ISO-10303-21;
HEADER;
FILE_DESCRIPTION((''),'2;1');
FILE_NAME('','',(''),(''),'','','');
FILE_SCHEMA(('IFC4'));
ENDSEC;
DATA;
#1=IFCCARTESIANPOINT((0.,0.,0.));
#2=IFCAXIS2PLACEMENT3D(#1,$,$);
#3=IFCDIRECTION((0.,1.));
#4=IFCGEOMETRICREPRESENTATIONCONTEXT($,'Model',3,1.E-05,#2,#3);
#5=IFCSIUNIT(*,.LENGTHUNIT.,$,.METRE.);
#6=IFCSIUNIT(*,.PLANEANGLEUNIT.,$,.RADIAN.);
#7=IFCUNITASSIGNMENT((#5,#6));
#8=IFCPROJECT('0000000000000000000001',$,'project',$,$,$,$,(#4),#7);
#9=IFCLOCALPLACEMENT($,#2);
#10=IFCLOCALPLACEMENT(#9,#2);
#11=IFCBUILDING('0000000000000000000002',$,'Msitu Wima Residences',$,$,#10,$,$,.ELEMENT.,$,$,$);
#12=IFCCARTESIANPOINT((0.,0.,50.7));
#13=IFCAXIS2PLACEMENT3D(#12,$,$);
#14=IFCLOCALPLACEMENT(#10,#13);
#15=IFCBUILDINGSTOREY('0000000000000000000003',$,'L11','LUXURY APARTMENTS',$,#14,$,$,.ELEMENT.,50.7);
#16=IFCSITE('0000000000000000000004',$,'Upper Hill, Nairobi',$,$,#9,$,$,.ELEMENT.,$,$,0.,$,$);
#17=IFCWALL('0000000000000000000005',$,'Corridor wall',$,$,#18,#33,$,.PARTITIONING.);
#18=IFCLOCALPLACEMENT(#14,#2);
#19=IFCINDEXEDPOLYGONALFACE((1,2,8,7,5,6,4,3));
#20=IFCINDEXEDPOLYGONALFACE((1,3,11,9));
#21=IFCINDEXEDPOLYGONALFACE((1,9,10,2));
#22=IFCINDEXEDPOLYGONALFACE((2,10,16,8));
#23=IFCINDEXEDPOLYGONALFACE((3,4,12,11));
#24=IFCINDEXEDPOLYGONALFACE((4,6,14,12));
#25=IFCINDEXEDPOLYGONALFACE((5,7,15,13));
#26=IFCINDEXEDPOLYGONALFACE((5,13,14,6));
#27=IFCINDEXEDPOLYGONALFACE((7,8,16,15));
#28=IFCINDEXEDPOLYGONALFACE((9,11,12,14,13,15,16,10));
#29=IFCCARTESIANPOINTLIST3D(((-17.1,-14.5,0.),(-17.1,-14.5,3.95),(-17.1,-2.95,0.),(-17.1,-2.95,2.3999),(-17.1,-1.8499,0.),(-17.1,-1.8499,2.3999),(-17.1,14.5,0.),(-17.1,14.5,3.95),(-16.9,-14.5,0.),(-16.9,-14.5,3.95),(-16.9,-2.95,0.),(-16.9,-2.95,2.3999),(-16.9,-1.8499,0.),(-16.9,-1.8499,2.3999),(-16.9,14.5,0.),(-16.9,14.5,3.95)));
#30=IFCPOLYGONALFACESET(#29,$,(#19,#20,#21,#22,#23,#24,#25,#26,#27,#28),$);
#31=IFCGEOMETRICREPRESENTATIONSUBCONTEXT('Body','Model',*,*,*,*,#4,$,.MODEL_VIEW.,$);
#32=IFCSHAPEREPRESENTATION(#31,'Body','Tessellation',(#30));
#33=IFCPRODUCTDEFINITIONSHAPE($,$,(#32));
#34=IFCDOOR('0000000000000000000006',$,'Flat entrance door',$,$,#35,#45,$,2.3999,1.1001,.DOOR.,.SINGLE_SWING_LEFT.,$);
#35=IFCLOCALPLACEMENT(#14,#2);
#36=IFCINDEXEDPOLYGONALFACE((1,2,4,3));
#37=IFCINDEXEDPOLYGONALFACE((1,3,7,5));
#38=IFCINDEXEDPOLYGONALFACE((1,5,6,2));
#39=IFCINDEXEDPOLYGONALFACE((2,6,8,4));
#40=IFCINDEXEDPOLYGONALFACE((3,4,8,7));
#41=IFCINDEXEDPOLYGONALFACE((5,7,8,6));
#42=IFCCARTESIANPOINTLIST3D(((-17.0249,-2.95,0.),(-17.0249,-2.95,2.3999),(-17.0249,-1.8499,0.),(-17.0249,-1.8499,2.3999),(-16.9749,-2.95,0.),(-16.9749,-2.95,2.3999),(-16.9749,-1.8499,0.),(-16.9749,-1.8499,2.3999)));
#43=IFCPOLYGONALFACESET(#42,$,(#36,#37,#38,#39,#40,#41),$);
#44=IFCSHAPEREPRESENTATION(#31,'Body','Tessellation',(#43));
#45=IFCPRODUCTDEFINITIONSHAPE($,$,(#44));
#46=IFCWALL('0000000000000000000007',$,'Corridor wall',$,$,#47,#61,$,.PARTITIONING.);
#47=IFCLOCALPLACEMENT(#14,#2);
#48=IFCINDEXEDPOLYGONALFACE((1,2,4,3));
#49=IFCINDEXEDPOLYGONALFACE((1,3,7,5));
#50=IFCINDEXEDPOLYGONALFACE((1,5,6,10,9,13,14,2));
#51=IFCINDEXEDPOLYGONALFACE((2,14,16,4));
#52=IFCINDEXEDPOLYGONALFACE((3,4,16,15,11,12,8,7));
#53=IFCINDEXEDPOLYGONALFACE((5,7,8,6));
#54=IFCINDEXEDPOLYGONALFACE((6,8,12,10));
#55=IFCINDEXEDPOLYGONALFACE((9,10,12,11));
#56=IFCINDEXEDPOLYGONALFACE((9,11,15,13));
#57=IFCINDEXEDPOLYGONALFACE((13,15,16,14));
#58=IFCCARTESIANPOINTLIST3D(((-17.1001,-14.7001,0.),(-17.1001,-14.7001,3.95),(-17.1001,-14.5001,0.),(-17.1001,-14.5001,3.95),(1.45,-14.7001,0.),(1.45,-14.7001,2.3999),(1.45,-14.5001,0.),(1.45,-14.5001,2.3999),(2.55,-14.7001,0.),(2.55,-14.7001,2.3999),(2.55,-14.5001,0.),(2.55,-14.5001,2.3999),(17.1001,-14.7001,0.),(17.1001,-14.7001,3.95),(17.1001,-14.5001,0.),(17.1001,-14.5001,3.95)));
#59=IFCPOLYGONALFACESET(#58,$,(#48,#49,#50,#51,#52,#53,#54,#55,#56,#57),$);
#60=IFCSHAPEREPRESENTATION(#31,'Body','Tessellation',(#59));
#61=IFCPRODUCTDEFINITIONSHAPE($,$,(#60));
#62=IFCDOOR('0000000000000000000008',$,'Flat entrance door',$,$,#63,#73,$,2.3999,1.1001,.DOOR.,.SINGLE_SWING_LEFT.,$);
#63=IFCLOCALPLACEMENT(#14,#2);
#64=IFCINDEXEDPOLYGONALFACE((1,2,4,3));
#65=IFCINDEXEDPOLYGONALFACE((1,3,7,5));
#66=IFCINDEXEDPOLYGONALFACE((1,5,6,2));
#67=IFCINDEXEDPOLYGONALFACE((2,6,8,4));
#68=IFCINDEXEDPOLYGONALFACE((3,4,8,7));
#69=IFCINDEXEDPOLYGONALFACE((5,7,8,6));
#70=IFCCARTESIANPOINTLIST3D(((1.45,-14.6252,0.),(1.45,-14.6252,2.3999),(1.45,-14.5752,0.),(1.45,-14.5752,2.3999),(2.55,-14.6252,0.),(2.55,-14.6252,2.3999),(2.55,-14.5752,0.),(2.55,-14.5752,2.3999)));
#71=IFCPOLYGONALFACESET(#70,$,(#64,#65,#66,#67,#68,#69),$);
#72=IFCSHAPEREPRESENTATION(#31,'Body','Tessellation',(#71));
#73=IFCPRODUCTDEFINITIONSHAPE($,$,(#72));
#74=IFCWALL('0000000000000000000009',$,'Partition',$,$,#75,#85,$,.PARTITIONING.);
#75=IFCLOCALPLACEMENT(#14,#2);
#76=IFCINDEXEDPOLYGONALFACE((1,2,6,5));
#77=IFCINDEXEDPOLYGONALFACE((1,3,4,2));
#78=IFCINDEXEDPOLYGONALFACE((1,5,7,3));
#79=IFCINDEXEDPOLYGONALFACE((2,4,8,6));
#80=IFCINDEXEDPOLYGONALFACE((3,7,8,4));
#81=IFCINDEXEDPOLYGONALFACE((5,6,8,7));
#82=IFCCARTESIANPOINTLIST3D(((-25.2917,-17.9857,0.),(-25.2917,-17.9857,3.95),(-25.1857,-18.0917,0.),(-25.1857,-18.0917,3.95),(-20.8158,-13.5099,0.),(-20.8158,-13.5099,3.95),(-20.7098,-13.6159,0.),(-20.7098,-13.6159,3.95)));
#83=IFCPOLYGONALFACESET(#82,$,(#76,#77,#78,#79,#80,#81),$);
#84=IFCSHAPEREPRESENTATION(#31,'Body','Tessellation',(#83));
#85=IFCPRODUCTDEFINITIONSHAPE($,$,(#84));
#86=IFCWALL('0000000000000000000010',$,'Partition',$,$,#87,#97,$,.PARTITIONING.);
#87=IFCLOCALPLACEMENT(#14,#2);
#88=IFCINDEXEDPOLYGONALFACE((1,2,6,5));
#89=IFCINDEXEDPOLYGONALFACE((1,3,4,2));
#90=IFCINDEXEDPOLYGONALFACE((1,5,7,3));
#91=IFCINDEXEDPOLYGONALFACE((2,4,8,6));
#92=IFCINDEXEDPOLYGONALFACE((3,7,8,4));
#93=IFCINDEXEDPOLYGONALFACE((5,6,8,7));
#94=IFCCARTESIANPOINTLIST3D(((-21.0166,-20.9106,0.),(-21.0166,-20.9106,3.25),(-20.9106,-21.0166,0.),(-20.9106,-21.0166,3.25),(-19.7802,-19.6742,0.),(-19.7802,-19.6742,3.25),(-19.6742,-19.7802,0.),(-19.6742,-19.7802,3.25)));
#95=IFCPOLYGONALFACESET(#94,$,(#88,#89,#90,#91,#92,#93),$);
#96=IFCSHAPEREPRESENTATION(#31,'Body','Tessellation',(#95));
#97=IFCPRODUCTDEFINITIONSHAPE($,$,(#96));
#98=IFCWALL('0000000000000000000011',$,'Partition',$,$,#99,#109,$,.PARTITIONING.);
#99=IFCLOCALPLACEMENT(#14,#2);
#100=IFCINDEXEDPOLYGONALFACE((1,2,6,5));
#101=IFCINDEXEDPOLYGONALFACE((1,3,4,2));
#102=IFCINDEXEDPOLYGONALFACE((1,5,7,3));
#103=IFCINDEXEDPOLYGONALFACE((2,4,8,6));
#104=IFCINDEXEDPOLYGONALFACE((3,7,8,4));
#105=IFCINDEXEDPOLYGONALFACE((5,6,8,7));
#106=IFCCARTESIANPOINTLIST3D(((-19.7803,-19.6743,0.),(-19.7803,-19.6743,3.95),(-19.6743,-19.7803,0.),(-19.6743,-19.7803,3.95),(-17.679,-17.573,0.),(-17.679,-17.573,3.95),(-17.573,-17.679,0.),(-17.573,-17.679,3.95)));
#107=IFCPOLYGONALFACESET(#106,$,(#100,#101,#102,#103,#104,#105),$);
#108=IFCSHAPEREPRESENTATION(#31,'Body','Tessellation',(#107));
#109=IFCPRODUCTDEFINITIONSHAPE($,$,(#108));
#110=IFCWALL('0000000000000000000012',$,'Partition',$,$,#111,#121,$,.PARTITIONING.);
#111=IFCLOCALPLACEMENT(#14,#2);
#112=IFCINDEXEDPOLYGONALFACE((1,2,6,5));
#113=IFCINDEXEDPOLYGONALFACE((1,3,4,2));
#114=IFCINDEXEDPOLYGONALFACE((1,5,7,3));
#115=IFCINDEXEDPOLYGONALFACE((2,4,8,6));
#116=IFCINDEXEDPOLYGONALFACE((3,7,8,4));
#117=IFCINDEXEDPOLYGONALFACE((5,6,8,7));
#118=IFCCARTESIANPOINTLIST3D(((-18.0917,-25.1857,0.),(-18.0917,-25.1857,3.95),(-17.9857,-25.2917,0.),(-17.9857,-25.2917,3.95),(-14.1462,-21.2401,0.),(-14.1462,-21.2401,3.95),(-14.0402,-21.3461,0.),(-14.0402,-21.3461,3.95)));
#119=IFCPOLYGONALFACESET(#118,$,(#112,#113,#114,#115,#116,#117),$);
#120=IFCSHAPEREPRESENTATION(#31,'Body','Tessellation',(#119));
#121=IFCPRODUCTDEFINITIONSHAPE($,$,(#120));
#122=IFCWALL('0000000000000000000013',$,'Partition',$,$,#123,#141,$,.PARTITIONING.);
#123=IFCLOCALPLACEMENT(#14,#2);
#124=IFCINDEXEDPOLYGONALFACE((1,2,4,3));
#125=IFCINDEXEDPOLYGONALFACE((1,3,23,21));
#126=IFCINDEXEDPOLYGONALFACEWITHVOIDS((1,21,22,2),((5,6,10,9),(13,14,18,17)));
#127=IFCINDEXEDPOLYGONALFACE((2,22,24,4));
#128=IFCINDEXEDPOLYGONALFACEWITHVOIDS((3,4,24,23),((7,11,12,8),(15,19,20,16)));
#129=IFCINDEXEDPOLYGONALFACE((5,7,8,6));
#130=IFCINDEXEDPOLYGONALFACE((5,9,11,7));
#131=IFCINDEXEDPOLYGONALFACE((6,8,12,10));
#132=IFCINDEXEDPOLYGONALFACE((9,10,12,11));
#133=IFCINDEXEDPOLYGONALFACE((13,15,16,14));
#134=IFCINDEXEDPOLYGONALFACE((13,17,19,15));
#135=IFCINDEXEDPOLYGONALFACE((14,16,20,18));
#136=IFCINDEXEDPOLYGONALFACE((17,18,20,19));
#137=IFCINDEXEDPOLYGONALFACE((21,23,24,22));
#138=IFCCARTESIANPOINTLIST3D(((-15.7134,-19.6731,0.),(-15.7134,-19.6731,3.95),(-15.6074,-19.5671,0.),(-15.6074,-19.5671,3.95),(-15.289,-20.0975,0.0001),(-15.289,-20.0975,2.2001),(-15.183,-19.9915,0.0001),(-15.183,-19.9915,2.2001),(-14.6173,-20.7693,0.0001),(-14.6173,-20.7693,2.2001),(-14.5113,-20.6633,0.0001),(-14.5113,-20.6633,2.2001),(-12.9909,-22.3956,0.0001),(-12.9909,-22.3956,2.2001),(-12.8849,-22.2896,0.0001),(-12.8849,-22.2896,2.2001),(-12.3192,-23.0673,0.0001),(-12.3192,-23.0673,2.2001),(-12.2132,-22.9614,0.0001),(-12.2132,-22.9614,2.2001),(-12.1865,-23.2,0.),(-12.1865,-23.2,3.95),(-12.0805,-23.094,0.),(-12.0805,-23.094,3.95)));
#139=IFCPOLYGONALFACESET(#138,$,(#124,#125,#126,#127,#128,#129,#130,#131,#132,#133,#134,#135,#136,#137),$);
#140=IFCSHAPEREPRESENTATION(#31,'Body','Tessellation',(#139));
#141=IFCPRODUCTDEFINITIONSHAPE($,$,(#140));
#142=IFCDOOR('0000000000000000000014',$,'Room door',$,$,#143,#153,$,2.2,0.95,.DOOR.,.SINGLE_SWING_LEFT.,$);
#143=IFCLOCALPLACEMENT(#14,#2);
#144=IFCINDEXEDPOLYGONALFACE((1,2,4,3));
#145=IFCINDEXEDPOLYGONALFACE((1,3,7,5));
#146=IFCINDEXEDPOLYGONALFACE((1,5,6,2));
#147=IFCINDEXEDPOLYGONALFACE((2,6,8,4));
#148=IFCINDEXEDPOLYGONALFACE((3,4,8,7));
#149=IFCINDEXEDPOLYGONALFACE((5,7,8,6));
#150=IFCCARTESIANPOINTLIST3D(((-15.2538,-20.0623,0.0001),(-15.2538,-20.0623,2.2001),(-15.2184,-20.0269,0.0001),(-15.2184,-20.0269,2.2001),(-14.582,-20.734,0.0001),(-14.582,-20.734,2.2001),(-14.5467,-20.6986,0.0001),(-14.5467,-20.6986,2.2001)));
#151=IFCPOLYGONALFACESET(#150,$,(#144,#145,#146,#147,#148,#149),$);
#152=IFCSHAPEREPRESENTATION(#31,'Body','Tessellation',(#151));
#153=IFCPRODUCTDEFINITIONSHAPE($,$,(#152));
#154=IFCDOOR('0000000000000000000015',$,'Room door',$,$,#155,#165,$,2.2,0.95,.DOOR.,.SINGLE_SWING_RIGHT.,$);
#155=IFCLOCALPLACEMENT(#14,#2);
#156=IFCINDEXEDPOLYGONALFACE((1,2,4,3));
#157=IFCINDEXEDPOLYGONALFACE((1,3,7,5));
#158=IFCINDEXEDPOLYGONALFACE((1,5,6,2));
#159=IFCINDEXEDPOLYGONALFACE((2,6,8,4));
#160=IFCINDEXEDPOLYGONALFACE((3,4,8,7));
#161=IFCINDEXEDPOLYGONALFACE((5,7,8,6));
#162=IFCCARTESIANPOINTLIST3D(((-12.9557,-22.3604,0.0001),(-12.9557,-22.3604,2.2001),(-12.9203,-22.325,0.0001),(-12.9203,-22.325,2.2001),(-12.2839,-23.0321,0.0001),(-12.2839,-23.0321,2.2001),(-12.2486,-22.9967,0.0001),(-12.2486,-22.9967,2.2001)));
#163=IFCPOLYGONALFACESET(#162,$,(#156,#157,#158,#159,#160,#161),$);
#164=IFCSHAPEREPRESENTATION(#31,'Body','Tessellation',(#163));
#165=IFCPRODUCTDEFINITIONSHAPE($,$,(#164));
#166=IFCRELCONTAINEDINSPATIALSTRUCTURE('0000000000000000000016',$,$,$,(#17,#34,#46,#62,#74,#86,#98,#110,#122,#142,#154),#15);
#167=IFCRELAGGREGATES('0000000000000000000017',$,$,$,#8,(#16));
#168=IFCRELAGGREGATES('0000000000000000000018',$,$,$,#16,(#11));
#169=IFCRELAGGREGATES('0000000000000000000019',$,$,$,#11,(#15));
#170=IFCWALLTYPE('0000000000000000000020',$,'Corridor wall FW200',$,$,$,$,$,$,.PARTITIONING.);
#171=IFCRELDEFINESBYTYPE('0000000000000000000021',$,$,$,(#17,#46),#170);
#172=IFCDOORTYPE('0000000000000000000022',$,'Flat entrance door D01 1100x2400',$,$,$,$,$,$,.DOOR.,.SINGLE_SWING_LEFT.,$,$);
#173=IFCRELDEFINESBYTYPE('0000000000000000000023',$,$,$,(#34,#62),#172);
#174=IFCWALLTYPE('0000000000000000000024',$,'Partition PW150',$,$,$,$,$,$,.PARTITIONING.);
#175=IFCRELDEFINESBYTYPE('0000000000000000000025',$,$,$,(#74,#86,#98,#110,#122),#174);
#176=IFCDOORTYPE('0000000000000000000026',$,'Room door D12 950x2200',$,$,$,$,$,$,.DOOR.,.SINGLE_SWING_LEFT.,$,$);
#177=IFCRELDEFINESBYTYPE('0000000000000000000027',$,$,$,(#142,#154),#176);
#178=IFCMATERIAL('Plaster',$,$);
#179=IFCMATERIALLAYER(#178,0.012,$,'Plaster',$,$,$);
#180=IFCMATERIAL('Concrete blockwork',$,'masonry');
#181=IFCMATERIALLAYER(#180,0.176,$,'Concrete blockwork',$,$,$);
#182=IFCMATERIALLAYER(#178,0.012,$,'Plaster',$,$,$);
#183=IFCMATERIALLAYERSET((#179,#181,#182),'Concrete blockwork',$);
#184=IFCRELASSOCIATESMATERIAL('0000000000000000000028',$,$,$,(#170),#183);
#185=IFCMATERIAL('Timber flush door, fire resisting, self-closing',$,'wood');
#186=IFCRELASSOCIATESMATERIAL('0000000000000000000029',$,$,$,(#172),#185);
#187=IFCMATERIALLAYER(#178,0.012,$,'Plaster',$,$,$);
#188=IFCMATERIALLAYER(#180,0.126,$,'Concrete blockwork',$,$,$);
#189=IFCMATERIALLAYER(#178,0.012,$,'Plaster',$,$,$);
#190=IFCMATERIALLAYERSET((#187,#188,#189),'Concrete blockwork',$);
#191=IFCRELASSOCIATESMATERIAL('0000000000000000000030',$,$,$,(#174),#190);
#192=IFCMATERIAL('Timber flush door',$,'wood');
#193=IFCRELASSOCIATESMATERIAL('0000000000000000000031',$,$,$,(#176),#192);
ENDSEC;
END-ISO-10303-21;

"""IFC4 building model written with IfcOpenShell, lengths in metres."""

from ifc_helpers import new_model, si_unit, direction, frame, frame_2d, origin, place, context, subcontext, project, spatial, rectangle, extrude, material, layer, layer_set, type_object, element, fill, save


model = new_model("IFC4")

# Units and contexts
model_context = context("Model", 3, precision=1e-05, world=origin(), true_north=direction((0.0, 1.0)))
body_context = subcontext(model_context, "Body", "Model", "MODEL_VIEW")
ifc_project = project(units=[si_unit("LENGTHUNIT", "METRE"), si_unit("PLANEANGLEUNIT", "RADIAN")], contexts=[model_context])

# Site, building, storey
site_placement = place(None, origin())
site = spatial("IfcSite", under=ifc_project, at=site_placement, Name="Upper Hill, Nairobi", CompositionType="ELEMENT", RefElevation=0.0)
building_placement = place(site_placement, origin())
building = spatial("IfcBuilding", under=site, at=building_placement, Name="Msitu Wima Residences", CompositionType="ELEMENT")
storey_placement = place(building_placement, frame((0.0, 0.0, 50.7)))
storey = spatial("IfcBuildingStorey", under=building, at=storey_placement, Name="L11", Description="LUXURY APARTMENTS", CompositionType="ELEMENT", Elevation=50.7)

# Walls, openings, doors
ifc_material_1 = material(Name="Plaster")
ifc_layer_1 = layer(ifc_material_1, 0.012, Name="Plaster")
ifc_material_2 = material(Name="Concrete blockwork", Category="masonry")
ifc_layer_2 = layer(ifc_material_2, 0.176, Name="Concrete blockwork")
ifc_layer_3 = layer(ifc_material_1, 0.012, Name="Plaster")
ifc_layer_set_1 = layer_set([ifc_layer_1, ifc_layer_2, ifc_layer_3], Name="Concrete blockwork")
wall_type_1 = type_object("IfcWallType", Name="Corridor wall FW200", PredefinedType="PARTITIONING", material=ifc_layer_set_1)
wall_1_placement = place(storey_placement, frame((-17.0, -14.5, 0.0), z_axis=(0.0, 0.0, 1.0), x_axis=(0.0, 1.0, 0.0)))
wall_1 = element("IfcWall", 1, at=wall_1_placement, inside=storey, type_object=wall_type_1, Name="Corridor wall", PredefinedType="PARTITIONING", context=body_context, shape_type="SweptSolid", body=[
    extrude(rectangle(XDim=29.0, YDim=0.2, at=frame_2d((14.5, 0.0))), origin(), (0.0, 0.0, 1.0), 3.95),
])
opening_1_placement = place(wall_1_placement, frame((11.55, 0.0, 0.0)))
opening_1 = element("IfcOpeningElement", 2, at=opening_1_placement, cuts=wall_1, PredefinedType="OPENING", context=body_context, shape_type="SweptSolid", body=[
    extrude(rectangle(XDim=1.1001, YDim=2.3999, at=frame_2d((0.55, 1.2))), frame((0.0, 0.1099, 0.0), z_axis=(0.0, -1.0, 0.0), x_axis=(1.0, 0.0, 0.0)), (0.0, 0.0, 1.0), 0.22),
])
ifc_material_3 = material(Name="Timber flush door, fire resisting, self-closing", Category="wood")
door_type_1 = type_object("IfcDoorType", Name="Flat entrance door D01 1100x2400", OperationType="SINGLE_SWING_LEFT", PredefinedType="DOOR", material=ifc_material_3)
door_1_placement = place(opening_1_placement, origin())
door_1 = element("IfcDoor", 3, at=door_1_placement, inside=storey, type_object=door_type_1, Name="Flat entrance door", OperationType="SINGLE_SWING_LEFT", OverallHeight=2.3999, OverallWidth=1.1001, PredefinedType="DOOR", context=body_context, shape_type="SweptSolid", body=[
    extrude(rectangle(XDim=1.1001, YDim=2.3999, at=frame_2d((0.55, 1.2))), frame((0.0, 0.0249, 0.0), z_axis=(0.0, -1.0, 0.0), x_axis=(1.0, 0.0, 0.0)), (0.0, 0.0, 1.0), 0.05),
])
fill(opening_1, door_1)
wall_2_placement = place(storey_placement, frame((-17.1001, -14.6001, 0.0), z_axis=(0.0, 0.0, 1.0), x_axis=(1.0, 0.0, 0.0)))
wall_2 = element("IfcWall", 4, at=wall_2_placement, inside=storey, type_object=wall_type_1, Name="Corridor wall", PredefinedType="PARTITIONING", context=body_context, shape_type="SweptSolid", body=[
    extrude(rectangle(XDim=34.2002, YDim=0.2, at=frame_2d((17.1001, 0.0))), origin(), (0.0, 0.0, 1.0), 3.95),
])
opening_2_placement = place(wall_2_placement, frame((18.55, 0.0, 0.0)))
opening_2 = element("IfcOpeningElement", 5, at=opening_2_placement, cuts=wall_2, PredefinedType="OPENING", context=body_context, shape_type="SweptSolid", body=[
    extrude(rectangle(XDim=1.1001, YDim=2.3999, at=frame_2d((0.55, 1.2))), frame((0.0, 0.1099, 0.0), z_axis=(0.0, -1.0, 0.0), x_axis=(1.0, 0.0, 0.0)), (0.0, 0.0, 1.0), 0.22),
])
door_2_placement = place(opening_2_placement, origin())
door_2 = element("IfcDoor", 6, at=door_2_placement, inside=storey, type_object=door_type_1, Name="Flat entrance door", OperationType="SINGLE_SWING_LEFT", OverallHeight=2.3999, OverallWidth=1.1001, PredefinedType="DOOR", context=body_context, shape_type="SweptSolid", body=[
    extrude(rectangle(XDim=1.1001, YDim=2.3999, at=frame_2d((0.55, 1.2))), frame((0.0, 0.0249, 0.0), z_axis=(0.0, -1.0, 0.0), x_axis=(1.0, 0.0, 0.0)), (0.0, 0.0, 1.0), 0.05),
])
fill(opening_2, door_2)

# Walls
ifc_layer_4 = layer(ifc_material_1, 0.012, Name="Plaster")
ifc_layer_5 = layer(ifc_material_2, 0.126, Name="Concrete blockwork")
ifc_layer_6 = layer(ifc_material_1, 0.012, Name="Plaster")
ifc_layer_set_2 = layer_set([ifc_layer_4, ifc_layer_5, ifc_layer_6], Name="Concrete blockwork")
wall_type_2 = type_object("IfcWallType", Name="Partition PW150", PredefinedType="PARTITIONING", material=ifc_layer_set_2)
wall_3_placement = place(storey_placement, frame((-25.2388, -18.0388, 0.0), z_axis=(0.0, 0.0, 1.0), x_axis=(0.707107, 0.707107, 0.0)))
element("IfcWall", 7, at=wall_3_placement, inside=storey, type_object=wall_type_2, Name="Partition", PredefinedType="PARTITIONING", context=body_context, shape_type="SweptSolid", body=[
    extrude(rectangle(XDim=6.3298, YDim=0.1499, at=frame_2d((3.165, 0.0))), origin(), (0.0, 0.0, 1.0), 3.95),
])
wall_4_placement = place(storey_placement, frame((-20.9636, -20.9636, 0.0), z_axis=(0.0, 0.0, 1.0), x_axis=(0.707107, 0.707107, 0.0)))
element("IfcWall", 8, at=wall_4_placement, inside=storey, type_object=wall_type_2, Name="Partition", PredefinedType="PARTITIONING", context=body_context, shape_type="SweptSolid", body=[
    extrude(rectangle(XDim=1.7485, YDim=0.1499, at=frame_2d((0.8743, 0.0))), origin(), (0.0, 0.0, 1.0), 3.25),
])
wall_5_placement = place(storey_placement, frame((-19.7273, -19.7273, 0.0), z_axis=(0.0, 0.0, 1.0), x_axis=(0.707107, 0.707107, 0.0)))
element("IfcWall", 9, at=wall_5_placement, inside=storey, type_object=wall_type_2, Name="Partition", PredefinedType="PARTITIONING", context=body_context, shape_type="SweptSolid", body=[
    extrude(rectangle(XDim=2.9717, YDim=0.1499, at=frame_2d((1.4858, 0.0))), origin(), (0.0, 0.0, 1.0), 3.95),
])
wall_6_placement = place(storey_placement, frame((-18.0388, -25.2388, 0.0), z_axis=(0.0, 0.0, 1.0), x_axis=(0.707107, 0.707107, 0.0)))
element("IfcWall", 10, at=wall_6_placement, inside=storey, type_object=wall_type_2, Name="Partition", PredefinedType="PARTITIONING", context=body_context, shape_type="SweptSolid", body=[
    extrude(rectangle(XDim=5.5798, YDim=0.1499, at=frame_2d((2.79, 0.0))), origin(), (0.0, 0.0, 1.0), 3.95),
])

# Wall, openings, doors
wall_7_placement = place(storey_placement, frame((-15.6604, -19.6201, 0.0), z_axis=(0.0, 0.0, 1.0), x_axis=(0.707107, -0.707107, 0.0)))
wall_7 = element("IfcWall", 11, at=wall_7_placement, inside=storey, type_object=wall_type_2, Name="Partition", PredefinedType="PARTITIONING", context=body_context, shape_type="SweptSolid", body=[
    extrude(rectangle(XDim=4.9878, YDim=0.1499, at=frame_2d((2.4939, 0.0))), origin(), (0.0, 0.0, 1.0), 3.95),
])
opening_3_placement = place(wall_7_placement, frame((0.6001, 0.0, 0.0)))
opening_3 = element("IfcOpeningElement", 12, at=opening_3_placement, cuts=wall_7, PredefinedType="OPENING", context=body_context, shape_type="SweptSolid", body=[
    extrude(rectangle(XDim=0.95, YDim=2.2, at=frame_2d((0.4751, 1.1001))), frame((0.0, 0.085, 0.0), z_axis=(0.0, -1.0, 0.0), x_axis=(1.0, 0.0, 0.0)), (0.0, 0.0, 1.0), 0.1699),
])
opening_4_placement = place(wall_7_placement, frame((3.8501, 0.0, 0.0)))
opening_4 = element("IfcOpeningElement", 13, at=opening_4_placement, cuts=wall_7, PredefinedType="OPENING", context=body_context, shape_type="SweptSolid", body=[
    extrude(rectangle(XDim=0.95, YDim=2.2, at=frame_2d((0.4751, 1.1001))), frame((0.0, 0.085, 0.0), z_axis=(0.0, -1.0, 0.0), x_axis=(1.0, 0.0, 0.0)), (0.0, 0.0, 1.0), 0.1699),
])
ifc_material_4 = material(Name="Timber flush door", Category="wood")
door_type_2 = type_object("IfcDoorType", Name="Room door D12 950x2200", OperationType="SINGLE_SWING_LEFT", PredefinedType="DOOR", material=ifc_material_4)
door_3_placement = place(opening_3_placement, origin())
door_3 = element("IfcDoor", 14, at=door_3_placement, inside=storey, type_object=door_type_2, Name="Room door", OperationType="SINGLE_SWING_LEFT", OverallHeight=2.2, OverallWidth=0.95, PredefinedType="DOOR", context=body_context, shape_type="SweptSolid", body=[
    extrude(rectangle(XDim=0.95, YDim=2.2, at=frame_2d((0.4751, 1.1001))), frame((0.0, 0.0249, 0.0), z_axis=(0.0, -1.0, 0.0), x_axis=(1.0, 0.0, 0.0)), (0.0, 0.0, 1.0), 0.05),
])
fill(opening_3, door_3)
door_4_placement = place(opening_4_placement, origin())
door_4 = element("IfcDoor", 15, at=door_4_placement, inside=storey, type_object=door_type_2, Name="Room door", OperationType="SINGLE_SWING_RIGHT", OverallHeight=2.2, OverallWidth=0.95, PredefinedType="DOOR", context=body_context, shape_type="SweptSolid", body=[
    extrude(rectangle(XDim=0.95, YDim=2.2, at=frame_2d((0.4751, 1.1001))), frame((0.0, 0.0249, 0.0), z_axis=(0.0, -1.0, 0.0), x_axis=(1.0, 0.0, 0.0)), (0.0, 0.0, 1.0), 0.05),
])
fill(opening_4, door_4)

save(model, "model.ifc")
